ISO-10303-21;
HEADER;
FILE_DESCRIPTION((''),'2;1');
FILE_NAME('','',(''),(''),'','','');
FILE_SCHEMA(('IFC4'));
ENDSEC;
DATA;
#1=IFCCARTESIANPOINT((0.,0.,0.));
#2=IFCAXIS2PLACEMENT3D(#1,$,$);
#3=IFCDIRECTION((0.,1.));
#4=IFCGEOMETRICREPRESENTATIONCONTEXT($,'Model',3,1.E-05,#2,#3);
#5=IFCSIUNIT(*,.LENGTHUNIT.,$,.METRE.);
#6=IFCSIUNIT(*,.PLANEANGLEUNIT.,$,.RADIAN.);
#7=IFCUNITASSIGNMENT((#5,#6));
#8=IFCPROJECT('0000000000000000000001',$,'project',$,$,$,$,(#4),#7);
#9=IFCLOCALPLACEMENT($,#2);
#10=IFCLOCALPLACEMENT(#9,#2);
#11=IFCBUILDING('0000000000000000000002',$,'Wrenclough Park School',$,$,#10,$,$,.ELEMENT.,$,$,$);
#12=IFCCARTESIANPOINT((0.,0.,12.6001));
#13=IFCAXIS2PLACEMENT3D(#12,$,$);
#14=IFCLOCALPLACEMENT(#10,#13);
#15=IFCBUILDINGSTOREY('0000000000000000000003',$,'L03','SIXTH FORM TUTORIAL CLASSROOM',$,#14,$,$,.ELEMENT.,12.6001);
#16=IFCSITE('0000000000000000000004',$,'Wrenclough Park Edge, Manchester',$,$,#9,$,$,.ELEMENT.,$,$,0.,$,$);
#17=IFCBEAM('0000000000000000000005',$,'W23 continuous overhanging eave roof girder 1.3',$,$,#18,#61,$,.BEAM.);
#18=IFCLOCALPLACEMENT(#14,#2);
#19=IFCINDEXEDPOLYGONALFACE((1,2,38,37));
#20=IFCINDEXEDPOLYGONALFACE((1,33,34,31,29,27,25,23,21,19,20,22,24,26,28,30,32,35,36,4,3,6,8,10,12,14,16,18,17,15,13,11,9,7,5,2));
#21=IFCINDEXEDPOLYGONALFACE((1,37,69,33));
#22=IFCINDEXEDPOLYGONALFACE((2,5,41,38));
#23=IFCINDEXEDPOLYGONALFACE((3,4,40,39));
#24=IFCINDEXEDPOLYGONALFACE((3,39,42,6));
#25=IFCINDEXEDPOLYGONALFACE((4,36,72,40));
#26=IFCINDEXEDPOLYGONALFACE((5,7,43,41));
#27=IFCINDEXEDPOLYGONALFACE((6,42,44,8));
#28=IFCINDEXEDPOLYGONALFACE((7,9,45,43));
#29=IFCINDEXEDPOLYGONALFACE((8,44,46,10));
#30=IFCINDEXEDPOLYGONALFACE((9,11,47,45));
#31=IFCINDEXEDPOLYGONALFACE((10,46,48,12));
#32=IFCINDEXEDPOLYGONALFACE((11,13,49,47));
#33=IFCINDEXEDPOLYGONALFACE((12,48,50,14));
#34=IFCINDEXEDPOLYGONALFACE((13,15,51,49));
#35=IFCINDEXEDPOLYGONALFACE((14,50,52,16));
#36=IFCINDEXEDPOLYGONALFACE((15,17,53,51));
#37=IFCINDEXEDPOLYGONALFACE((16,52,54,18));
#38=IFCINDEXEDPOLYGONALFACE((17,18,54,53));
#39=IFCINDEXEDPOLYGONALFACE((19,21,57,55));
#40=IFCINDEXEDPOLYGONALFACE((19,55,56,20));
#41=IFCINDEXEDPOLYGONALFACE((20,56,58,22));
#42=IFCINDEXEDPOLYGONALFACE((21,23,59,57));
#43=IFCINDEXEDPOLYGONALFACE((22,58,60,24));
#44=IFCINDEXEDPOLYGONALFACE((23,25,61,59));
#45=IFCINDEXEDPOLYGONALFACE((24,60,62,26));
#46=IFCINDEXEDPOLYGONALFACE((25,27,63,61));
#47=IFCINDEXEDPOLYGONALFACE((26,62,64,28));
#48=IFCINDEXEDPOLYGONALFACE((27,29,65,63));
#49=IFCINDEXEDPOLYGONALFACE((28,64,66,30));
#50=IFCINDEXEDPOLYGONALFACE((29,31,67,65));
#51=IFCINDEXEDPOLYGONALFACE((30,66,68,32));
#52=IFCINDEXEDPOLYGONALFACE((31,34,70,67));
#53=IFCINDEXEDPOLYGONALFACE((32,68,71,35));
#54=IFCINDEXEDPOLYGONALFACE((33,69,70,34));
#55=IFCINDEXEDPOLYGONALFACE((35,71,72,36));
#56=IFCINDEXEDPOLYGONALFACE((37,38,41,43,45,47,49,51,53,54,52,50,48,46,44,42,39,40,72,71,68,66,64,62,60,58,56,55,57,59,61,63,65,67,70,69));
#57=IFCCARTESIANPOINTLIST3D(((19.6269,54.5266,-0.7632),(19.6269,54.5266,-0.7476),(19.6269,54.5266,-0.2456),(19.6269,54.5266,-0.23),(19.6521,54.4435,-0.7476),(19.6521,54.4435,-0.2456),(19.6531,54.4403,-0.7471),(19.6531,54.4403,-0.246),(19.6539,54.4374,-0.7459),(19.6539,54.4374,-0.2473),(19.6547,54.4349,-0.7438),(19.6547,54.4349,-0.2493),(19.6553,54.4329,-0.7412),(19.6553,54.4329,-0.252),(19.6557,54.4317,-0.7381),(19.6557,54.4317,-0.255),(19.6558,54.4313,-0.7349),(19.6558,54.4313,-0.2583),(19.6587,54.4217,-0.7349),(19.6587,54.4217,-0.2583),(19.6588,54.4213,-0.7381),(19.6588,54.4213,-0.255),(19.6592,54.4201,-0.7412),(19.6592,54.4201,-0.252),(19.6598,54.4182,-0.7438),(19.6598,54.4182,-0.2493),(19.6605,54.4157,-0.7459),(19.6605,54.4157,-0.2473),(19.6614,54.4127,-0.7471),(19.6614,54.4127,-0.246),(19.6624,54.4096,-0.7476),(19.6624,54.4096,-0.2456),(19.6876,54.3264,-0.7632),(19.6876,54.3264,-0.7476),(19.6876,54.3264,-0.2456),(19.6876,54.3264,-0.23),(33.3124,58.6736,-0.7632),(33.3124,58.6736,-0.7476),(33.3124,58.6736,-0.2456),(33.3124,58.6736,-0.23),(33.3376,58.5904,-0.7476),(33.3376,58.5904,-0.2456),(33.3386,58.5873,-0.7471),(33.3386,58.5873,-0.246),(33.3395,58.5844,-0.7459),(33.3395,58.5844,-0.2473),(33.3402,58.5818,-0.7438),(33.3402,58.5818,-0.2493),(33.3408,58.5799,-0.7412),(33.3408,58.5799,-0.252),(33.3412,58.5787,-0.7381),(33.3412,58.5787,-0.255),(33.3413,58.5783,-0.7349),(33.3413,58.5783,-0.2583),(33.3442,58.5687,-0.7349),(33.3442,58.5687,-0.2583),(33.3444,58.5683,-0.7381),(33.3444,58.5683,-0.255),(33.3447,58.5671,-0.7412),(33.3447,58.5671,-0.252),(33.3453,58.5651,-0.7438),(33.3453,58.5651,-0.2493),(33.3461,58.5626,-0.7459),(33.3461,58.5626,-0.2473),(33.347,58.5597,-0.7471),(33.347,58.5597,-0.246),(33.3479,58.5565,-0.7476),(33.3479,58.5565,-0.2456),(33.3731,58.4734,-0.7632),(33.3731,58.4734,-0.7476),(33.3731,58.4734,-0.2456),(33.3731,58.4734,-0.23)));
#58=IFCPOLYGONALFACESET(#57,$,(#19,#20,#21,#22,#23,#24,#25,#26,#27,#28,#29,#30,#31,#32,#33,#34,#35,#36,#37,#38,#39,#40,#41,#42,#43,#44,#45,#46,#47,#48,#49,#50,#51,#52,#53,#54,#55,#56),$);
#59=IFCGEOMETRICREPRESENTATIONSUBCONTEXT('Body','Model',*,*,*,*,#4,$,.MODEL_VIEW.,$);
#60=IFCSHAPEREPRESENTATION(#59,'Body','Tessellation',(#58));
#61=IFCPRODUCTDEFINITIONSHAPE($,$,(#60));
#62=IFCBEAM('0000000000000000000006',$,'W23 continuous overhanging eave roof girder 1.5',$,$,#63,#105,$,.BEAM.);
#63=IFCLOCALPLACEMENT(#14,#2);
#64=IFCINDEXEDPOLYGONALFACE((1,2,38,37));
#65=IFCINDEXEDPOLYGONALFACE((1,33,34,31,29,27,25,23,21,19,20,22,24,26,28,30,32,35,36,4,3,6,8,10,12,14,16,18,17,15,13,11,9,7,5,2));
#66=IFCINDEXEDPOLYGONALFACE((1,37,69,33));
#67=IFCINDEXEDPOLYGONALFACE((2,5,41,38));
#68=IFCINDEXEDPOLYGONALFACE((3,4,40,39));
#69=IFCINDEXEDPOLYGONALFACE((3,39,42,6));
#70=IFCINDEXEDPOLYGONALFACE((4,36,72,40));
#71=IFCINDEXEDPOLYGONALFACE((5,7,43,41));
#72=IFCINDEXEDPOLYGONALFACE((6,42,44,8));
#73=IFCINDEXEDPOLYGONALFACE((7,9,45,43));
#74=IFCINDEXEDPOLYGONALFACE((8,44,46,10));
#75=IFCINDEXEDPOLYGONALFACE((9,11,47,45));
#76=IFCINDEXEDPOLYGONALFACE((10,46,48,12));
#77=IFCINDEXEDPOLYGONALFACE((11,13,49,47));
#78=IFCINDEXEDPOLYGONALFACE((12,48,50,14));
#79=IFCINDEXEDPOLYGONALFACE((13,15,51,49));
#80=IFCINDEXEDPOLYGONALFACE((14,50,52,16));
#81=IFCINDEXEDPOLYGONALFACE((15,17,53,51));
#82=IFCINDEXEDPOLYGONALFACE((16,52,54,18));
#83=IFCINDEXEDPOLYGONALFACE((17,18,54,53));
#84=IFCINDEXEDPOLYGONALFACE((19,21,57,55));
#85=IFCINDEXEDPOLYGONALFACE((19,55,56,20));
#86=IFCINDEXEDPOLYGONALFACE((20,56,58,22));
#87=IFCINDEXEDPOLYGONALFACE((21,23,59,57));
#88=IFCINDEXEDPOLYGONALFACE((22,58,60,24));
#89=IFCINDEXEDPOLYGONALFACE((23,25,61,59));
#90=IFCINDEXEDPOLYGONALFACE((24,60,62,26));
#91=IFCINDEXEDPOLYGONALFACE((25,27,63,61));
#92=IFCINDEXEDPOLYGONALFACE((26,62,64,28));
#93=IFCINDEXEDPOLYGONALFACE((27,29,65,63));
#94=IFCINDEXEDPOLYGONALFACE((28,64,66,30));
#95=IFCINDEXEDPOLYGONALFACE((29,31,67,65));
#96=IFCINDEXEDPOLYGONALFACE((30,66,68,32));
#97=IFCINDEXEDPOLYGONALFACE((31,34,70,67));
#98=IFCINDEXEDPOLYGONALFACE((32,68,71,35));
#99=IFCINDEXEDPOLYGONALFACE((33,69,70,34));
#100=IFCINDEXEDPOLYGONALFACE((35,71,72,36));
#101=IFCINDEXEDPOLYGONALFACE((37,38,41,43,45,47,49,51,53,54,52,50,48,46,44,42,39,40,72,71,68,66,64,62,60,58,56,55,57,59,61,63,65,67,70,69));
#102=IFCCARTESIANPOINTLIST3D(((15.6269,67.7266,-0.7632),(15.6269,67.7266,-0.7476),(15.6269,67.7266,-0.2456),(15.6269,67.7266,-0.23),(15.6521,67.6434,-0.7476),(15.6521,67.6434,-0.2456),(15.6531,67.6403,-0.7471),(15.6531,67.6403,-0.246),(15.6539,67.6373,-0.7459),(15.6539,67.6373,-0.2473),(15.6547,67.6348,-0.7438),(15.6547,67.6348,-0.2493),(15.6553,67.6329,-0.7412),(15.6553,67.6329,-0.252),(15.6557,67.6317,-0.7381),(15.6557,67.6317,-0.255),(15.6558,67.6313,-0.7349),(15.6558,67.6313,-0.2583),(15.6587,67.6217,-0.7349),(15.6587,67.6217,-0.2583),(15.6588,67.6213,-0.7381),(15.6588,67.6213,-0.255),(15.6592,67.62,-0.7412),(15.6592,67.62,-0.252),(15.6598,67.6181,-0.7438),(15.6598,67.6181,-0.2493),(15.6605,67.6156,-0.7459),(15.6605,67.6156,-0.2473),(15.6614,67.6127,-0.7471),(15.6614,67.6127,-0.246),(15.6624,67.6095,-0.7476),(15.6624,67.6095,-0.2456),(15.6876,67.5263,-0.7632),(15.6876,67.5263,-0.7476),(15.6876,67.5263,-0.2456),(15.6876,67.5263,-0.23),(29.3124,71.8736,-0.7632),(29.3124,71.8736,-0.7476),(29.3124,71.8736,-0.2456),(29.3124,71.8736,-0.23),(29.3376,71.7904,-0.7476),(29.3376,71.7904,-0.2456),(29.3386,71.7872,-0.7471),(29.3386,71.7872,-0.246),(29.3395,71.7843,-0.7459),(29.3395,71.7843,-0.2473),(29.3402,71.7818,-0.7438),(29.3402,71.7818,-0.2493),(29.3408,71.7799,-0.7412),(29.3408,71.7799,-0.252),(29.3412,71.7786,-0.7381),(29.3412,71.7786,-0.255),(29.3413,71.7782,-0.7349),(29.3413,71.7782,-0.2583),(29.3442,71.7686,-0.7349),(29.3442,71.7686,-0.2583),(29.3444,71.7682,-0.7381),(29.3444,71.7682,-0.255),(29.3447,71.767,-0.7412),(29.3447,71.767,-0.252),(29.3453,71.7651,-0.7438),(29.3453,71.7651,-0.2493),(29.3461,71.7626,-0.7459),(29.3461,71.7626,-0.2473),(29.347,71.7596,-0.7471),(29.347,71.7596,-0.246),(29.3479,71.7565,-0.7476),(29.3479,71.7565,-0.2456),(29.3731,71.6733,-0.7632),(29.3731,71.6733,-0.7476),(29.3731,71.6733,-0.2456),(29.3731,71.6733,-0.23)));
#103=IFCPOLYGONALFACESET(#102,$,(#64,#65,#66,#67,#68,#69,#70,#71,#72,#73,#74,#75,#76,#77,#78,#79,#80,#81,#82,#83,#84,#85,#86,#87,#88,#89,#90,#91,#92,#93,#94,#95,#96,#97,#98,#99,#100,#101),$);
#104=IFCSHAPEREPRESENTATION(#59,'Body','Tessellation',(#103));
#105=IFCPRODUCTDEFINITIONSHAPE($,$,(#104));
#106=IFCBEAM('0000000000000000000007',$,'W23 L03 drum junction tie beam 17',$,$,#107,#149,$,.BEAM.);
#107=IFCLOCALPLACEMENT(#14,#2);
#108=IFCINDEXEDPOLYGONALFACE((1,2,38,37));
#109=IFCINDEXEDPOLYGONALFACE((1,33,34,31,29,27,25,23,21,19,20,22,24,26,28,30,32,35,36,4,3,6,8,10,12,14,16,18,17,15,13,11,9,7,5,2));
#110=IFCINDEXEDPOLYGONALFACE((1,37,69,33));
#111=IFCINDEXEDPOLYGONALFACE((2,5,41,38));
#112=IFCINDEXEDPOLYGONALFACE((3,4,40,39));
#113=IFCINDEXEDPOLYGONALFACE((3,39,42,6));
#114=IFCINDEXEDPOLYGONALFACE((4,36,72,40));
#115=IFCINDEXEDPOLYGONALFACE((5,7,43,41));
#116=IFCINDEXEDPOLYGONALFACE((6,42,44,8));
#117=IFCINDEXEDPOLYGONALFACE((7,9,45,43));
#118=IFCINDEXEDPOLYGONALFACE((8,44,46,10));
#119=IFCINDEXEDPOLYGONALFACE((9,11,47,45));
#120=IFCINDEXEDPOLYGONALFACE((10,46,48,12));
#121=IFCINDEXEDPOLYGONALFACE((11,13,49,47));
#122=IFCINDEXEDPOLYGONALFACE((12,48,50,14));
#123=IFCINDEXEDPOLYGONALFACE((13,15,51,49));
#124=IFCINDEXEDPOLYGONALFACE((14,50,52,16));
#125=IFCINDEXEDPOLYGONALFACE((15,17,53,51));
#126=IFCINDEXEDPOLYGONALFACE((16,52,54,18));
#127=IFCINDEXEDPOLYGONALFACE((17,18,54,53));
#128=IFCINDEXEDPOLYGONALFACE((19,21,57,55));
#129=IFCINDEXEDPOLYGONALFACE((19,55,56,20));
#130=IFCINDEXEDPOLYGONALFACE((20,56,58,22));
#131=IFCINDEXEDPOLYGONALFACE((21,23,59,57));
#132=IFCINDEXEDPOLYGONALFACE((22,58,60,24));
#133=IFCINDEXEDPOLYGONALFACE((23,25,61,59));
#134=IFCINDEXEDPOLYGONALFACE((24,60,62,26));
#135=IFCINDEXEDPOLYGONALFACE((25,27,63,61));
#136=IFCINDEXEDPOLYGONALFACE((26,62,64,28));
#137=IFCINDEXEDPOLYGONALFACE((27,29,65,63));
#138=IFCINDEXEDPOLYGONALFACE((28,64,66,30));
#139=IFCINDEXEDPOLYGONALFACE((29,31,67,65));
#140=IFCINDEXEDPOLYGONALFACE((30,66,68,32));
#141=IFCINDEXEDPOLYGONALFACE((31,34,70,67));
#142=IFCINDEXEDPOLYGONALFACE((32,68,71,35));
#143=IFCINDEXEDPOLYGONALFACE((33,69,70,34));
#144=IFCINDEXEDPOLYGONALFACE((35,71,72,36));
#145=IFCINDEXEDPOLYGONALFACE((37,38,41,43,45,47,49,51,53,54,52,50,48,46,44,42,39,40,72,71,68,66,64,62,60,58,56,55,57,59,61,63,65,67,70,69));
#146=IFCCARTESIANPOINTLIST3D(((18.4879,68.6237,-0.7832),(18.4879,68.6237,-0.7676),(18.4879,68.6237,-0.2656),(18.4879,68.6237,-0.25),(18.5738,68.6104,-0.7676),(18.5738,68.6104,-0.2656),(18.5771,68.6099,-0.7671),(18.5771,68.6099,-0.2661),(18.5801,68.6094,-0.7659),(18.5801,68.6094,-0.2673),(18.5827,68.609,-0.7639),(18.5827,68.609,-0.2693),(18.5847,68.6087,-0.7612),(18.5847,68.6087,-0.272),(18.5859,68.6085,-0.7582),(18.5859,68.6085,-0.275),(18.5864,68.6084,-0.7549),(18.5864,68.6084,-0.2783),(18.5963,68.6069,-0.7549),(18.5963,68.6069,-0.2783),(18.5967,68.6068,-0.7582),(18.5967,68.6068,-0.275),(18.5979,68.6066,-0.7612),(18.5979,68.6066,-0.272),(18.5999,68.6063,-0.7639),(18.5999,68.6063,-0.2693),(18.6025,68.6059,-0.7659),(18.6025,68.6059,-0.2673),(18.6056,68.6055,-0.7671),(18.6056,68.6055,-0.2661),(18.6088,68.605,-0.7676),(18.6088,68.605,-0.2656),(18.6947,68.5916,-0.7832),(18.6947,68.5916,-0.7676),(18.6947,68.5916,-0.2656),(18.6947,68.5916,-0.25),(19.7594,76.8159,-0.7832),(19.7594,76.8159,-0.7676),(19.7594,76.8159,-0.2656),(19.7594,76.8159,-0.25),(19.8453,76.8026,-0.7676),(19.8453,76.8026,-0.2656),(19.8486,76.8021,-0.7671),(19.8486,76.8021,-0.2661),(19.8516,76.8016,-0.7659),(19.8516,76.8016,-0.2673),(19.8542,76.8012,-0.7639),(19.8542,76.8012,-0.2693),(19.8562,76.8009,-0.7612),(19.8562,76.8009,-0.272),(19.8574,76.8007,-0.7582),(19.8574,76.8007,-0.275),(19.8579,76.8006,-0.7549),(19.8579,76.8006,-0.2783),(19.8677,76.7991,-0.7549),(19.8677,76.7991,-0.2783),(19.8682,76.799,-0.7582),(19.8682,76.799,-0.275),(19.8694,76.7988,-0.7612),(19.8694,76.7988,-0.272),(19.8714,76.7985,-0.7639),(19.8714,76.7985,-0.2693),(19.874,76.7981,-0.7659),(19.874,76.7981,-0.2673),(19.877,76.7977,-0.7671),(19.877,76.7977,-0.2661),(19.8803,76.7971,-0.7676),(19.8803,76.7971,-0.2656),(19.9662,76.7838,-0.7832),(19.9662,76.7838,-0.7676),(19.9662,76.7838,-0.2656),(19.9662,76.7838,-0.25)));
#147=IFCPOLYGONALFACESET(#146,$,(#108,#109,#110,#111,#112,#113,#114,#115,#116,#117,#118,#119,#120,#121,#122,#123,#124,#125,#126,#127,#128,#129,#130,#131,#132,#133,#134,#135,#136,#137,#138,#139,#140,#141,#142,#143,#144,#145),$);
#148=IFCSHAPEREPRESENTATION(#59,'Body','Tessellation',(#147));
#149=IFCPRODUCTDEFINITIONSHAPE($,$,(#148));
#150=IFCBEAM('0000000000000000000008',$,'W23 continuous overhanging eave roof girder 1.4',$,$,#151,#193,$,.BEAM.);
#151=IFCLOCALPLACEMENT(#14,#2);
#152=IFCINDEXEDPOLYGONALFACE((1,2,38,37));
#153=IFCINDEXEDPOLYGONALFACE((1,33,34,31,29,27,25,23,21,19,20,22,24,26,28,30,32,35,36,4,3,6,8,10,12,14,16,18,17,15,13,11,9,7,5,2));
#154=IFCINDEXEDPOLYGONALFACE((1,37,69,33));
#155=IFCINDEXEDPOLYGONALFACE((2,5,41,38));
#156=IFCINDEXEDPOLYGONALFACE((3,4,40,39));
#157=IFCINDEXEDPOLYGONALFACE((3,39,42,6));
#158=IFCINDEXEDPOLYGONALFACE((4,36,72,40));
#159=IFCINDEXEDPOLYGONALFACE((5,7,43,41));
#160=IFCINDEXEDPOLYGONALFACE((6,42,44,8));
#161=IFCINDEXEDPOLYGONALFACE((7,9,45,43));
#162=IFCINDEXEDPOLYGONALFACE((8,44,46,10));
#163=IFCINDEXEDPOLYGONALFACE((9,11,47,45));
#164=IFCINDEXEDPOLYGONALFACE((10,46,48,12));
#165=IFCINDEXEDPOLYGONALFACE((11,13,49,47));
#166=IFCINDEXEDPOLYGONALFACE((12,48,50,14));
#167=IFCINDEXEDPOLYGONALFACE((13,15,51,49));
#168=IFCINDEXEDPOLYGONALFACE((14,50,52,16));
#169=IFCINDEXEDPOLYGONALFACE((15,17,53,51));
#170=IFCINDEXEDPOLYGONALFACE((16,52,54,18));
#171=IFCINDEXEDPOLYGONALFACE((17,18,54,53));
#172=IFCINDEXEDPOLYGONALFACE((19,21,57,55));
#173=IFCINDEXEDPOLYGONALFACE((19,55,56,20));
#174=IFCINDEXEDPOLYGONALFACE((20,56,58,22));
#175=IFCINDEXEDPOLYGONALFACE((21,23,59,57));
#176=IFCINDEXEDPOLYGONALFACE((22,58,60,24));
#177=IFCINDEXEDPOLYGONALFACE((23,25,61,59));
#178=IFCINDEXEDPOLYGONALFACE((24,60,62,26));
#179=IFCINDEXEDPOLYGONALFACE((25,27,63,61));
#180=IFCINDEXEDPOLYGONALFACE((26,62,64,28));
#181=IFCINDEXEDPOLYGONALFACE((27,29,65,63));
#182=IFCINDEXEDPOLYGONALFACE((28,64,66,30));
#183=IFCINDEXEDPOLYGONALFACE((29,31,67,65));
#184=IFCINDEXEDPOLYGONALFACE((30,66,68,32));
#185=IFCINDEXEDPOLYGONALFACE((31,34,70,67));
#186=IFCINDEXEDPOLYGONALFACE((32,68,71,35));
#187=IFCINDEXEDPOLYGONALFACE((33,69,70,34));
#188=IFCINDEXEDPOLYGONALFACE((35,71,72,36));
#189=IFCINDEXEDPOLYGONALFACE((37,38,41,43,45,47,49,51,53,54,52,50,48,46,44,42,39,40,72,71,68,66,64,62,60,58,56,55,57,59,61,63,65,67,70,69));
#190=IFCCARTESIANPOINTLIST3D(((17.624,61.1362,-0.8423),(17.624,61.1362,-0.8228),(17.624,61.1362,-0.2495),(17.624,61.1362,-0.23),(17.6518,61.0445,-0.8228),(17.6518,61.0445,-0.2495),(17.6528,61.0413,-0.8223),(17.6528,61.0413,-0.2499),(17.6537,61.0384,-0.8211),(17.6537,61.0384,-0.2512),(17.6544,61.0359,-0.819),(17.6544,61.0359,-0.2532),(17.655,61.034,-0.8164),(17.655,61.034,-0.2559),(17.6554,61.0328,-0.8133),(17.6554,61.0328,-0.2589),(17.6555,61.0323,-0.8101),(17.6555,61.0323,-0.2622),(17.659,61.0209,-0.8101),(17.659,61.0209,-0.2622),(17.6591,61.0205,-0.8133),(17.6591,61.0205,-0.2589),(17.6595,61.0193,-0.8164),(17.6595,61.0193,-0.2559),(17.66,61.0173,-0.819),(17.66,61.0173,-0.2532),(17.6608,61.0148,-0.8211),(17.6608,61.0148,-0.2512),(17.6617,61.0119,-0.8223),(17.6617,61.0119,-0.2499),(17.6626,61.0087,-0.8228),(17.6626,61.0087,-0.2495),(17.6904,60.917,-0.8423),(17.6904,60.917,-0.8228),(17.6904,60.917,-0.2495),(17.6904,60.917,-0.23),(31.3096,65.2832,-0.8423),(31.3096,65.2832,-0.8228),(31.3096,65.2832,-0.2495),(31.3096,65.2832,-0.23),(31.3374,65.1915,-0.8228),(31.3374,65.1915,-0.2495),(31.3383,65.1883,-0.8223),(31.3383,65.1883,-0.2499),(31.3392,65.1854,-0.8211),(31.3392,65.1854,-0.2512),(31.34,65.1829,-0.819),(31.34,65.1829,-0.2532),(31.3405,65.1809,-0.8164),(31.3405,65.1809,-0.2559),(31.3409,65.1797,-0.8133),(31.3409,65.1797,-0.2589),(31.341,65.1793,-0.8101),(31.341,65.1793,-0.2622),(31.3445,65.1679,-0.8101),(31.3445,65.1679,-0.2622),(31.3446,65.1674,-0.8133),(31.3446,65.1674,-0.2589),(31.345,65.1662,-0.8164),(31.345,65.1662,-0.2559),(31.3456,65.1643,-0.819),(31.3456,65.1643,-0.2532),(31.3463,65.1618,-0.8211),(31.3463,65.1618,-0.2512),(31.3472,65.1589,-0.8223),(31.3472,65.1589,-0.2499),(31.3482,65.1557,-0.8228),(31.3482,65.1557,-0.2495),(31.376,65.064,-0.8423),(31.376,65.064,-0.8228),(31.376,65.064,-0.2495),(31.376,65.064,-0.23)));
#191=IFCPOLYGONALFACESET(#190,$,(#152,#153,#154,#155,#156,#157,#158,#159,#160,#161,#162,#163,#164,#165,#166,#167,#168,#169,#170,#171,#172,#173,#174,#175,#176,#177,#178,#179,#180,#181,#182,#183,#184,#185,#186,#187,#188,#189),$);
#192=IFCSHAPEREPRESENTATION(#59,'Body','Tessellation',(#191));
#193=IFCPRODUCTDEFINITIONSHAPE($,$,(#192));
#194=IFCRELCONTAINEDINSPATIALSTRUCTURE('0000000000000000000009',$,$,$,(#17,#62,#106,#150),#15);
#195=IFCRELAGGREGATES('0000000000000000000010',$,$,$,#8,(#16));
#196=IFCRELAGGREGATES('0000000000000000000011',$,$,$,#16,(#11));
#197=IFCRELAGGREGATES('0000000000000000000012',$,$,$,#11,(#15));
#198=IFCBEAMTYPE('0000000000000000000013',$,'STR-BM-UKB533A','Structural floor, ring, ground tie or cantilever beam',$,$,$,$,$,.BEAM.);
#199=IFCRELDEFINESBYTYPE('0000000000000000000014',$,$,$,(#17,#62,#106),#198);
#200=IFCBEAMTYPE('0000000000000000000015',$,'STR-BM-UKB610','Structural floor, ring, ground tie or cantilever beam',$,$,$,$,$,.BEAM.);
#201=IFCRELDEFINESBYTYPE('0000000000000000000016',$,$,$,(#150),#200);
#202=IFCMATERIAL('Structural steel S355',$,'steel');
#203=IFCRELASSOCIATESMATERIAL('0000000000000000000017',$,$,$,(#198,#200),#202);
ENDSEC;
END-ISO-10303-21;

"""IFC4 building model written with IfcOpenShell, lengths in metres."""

from ifc_helpers import new_model, si_unit, direction, frame, origin, origin_2d, place, context, subcontext, project, spatial, i_section, extrude, material, material_profile, profile_set, type_object, element, save


model = new_model("IFC4")

# Units and contexts
model_context = context("Model", 3, precision=1e-05, world=origin(), true_north=direction((0.0, 1.0)))
body_context = subcontext(model_context, "Body", "Model", "MODEL_VIEW")
ifc_project = project(units=[si_unit("LENGTHUNIT", "METRE"), si_unit("PLANEANGLEUNIT", "RADIAN")], contexts=[model_context])

# Site, building, storey
site_placement = place(None, origin())
site = spatial("IfcSite", under=ifc_project, at=site_placement, Name="Wrenclough Park Edge, Manchester", CompositionType="ELEMENT", RefElevation=0.0)
building_placement = place(site_placement, origin())
building = spatial("IfcBuilding", under=site, at=building_placement, Name="Wrenclough Park School", CompositionType="ELEMENT")
storey_placement = place(building_placement, frame((0.0, 0.0, 12.6001)))
storey = spatial("IfcBuildingStorey", under=building, at=storey_placement, Name="L03", Description="SIXTH FORM TUTORIAL CLASSROOM", CompositionType="ELEMENT", Elevation=12.6001)

# Shared definitions
ifc_material_1 = material(Name="Structural steel S355", Category="steel")

# Beams
ifc_material_profile_1 = material_profile(ifc_material_1, i_section(OverallWidth=0.2092, OverallDepth=0.5332, WebThickness=0.01, FlangeThickness=0.0156, FilletRadius=0.0127, at=origin_2d()), Name="UKB 533x210x92")
ifc_profile_set_1 = profile_set([ifc_material_profile_1], Name="Structural steel S355")
beam_type_1 = type_object("IfcBeamType", Name="STR-BM-UKB533A", Description="Structural floor, ring, ground tie or cantilever beam", PredefinedType="BEAM", material=ifc_profile_set_1)
for number, where, z_axis, x_axis, name in (
    (1, (33.3428, 58.5735, -0.4966), (-0.957028, -0.289997, 0.0), (0.289997, -0.957028, 0.0), "W23 continuous overhanging eave roof girder 1.3"),
    (2, (29.3428, 71.7734, -0.4966), (-0.957028, -0.289997, 0.0), (0.289997, -0.957028, 0.0), "W23 continuous overhanging eave roof girder 1.5"),
):
    element("IfcBeam", number, at=place(storey_placement, frame(where, z_axis=z_axis, x_axis=x_axis)), inside=storey, type_object=beam_type_1, Name=name, PredefinedType="BEAM", context=body_context, shape_type="SweptSolid", body=[
        extrude(i_section(OverallWidth=0.2092, OverallDepth=0.5332, WebThickness=0.01, FlangeThickness=0.0156, FilletRadius=0.0127, at=origin_2d()), origin(), (0.0, 0.0, 1.0), 14.3),
    ])
beam_1_placement = place(storey_placement, frame((18.5913, 68.6077, -0.5166), z_axis=(0.153372, 0.988169, 0.0), x_axis=(-0.988169, 0.153372, 0.0)))
element("IfcBeam", 3, at=beam_1_placement, inside=storey, type_object=beam_type_1, Name="W23 L03 drum junction tie beam 17", PredefinedType="BEAM", context=body_context, shape_type="SweptSolid", body=[
    extrude(i_section(OverallWidth=0.2092, OverallDepth=0.5332, WebThickness=0.01, FlangeThickness=0.0156, FilletRadius=0.0127, at=origin_2d()), origin(), (0.0, 0.0, 1.0), 8.2903),
])
ifc_material_profile_2 = material_profile(ifc_material_1, i_section(OverallWidth=0.229, OverallDepth=0.6123, WebThickness=0.012, FlangeThickness=0.0195, FilletRadius=0.0127, at=origin_2d()), Name="UKB 610x229x125")
ifc_profile_set_2 = profile_set([ifc_material_profile_2], Name="Structural steel S355")
beam_type_2 = type_object("IfcBeamType", Name="STR-BM-UKB610", Description="Structural floor, ring, ground tie or cantilever beam", PredefinedType="BEAM", material=ifc_profile_set_2)
beam_2_placement = place(storey_placement, frame((31.3428, 65.1736, -0.5361), z_axis=(-0.957028, -0.289997, 0.0), x_axis=(0.289997, -0.957028, 0.0)))
element("IfcBeam", 4, at=beam_2_placement, inside=storey, type_object=beam_type_2, Name="W23 continuous overhanging eave roof girder 1.4", PredefinedType="BEAM", context=body_context, shape_type="SweptSolid", body=[
    extrude(i_section(OverallWidth=0.229, OverallDepth=0.6123, WebThickness=0.012, FlangeThickness=0.0195, FilletRadius=0.0127, at=origin_2d()), origin(), (0.0, 0.0, 1.0), 14.3),
])

save(model, "model.ifc")
